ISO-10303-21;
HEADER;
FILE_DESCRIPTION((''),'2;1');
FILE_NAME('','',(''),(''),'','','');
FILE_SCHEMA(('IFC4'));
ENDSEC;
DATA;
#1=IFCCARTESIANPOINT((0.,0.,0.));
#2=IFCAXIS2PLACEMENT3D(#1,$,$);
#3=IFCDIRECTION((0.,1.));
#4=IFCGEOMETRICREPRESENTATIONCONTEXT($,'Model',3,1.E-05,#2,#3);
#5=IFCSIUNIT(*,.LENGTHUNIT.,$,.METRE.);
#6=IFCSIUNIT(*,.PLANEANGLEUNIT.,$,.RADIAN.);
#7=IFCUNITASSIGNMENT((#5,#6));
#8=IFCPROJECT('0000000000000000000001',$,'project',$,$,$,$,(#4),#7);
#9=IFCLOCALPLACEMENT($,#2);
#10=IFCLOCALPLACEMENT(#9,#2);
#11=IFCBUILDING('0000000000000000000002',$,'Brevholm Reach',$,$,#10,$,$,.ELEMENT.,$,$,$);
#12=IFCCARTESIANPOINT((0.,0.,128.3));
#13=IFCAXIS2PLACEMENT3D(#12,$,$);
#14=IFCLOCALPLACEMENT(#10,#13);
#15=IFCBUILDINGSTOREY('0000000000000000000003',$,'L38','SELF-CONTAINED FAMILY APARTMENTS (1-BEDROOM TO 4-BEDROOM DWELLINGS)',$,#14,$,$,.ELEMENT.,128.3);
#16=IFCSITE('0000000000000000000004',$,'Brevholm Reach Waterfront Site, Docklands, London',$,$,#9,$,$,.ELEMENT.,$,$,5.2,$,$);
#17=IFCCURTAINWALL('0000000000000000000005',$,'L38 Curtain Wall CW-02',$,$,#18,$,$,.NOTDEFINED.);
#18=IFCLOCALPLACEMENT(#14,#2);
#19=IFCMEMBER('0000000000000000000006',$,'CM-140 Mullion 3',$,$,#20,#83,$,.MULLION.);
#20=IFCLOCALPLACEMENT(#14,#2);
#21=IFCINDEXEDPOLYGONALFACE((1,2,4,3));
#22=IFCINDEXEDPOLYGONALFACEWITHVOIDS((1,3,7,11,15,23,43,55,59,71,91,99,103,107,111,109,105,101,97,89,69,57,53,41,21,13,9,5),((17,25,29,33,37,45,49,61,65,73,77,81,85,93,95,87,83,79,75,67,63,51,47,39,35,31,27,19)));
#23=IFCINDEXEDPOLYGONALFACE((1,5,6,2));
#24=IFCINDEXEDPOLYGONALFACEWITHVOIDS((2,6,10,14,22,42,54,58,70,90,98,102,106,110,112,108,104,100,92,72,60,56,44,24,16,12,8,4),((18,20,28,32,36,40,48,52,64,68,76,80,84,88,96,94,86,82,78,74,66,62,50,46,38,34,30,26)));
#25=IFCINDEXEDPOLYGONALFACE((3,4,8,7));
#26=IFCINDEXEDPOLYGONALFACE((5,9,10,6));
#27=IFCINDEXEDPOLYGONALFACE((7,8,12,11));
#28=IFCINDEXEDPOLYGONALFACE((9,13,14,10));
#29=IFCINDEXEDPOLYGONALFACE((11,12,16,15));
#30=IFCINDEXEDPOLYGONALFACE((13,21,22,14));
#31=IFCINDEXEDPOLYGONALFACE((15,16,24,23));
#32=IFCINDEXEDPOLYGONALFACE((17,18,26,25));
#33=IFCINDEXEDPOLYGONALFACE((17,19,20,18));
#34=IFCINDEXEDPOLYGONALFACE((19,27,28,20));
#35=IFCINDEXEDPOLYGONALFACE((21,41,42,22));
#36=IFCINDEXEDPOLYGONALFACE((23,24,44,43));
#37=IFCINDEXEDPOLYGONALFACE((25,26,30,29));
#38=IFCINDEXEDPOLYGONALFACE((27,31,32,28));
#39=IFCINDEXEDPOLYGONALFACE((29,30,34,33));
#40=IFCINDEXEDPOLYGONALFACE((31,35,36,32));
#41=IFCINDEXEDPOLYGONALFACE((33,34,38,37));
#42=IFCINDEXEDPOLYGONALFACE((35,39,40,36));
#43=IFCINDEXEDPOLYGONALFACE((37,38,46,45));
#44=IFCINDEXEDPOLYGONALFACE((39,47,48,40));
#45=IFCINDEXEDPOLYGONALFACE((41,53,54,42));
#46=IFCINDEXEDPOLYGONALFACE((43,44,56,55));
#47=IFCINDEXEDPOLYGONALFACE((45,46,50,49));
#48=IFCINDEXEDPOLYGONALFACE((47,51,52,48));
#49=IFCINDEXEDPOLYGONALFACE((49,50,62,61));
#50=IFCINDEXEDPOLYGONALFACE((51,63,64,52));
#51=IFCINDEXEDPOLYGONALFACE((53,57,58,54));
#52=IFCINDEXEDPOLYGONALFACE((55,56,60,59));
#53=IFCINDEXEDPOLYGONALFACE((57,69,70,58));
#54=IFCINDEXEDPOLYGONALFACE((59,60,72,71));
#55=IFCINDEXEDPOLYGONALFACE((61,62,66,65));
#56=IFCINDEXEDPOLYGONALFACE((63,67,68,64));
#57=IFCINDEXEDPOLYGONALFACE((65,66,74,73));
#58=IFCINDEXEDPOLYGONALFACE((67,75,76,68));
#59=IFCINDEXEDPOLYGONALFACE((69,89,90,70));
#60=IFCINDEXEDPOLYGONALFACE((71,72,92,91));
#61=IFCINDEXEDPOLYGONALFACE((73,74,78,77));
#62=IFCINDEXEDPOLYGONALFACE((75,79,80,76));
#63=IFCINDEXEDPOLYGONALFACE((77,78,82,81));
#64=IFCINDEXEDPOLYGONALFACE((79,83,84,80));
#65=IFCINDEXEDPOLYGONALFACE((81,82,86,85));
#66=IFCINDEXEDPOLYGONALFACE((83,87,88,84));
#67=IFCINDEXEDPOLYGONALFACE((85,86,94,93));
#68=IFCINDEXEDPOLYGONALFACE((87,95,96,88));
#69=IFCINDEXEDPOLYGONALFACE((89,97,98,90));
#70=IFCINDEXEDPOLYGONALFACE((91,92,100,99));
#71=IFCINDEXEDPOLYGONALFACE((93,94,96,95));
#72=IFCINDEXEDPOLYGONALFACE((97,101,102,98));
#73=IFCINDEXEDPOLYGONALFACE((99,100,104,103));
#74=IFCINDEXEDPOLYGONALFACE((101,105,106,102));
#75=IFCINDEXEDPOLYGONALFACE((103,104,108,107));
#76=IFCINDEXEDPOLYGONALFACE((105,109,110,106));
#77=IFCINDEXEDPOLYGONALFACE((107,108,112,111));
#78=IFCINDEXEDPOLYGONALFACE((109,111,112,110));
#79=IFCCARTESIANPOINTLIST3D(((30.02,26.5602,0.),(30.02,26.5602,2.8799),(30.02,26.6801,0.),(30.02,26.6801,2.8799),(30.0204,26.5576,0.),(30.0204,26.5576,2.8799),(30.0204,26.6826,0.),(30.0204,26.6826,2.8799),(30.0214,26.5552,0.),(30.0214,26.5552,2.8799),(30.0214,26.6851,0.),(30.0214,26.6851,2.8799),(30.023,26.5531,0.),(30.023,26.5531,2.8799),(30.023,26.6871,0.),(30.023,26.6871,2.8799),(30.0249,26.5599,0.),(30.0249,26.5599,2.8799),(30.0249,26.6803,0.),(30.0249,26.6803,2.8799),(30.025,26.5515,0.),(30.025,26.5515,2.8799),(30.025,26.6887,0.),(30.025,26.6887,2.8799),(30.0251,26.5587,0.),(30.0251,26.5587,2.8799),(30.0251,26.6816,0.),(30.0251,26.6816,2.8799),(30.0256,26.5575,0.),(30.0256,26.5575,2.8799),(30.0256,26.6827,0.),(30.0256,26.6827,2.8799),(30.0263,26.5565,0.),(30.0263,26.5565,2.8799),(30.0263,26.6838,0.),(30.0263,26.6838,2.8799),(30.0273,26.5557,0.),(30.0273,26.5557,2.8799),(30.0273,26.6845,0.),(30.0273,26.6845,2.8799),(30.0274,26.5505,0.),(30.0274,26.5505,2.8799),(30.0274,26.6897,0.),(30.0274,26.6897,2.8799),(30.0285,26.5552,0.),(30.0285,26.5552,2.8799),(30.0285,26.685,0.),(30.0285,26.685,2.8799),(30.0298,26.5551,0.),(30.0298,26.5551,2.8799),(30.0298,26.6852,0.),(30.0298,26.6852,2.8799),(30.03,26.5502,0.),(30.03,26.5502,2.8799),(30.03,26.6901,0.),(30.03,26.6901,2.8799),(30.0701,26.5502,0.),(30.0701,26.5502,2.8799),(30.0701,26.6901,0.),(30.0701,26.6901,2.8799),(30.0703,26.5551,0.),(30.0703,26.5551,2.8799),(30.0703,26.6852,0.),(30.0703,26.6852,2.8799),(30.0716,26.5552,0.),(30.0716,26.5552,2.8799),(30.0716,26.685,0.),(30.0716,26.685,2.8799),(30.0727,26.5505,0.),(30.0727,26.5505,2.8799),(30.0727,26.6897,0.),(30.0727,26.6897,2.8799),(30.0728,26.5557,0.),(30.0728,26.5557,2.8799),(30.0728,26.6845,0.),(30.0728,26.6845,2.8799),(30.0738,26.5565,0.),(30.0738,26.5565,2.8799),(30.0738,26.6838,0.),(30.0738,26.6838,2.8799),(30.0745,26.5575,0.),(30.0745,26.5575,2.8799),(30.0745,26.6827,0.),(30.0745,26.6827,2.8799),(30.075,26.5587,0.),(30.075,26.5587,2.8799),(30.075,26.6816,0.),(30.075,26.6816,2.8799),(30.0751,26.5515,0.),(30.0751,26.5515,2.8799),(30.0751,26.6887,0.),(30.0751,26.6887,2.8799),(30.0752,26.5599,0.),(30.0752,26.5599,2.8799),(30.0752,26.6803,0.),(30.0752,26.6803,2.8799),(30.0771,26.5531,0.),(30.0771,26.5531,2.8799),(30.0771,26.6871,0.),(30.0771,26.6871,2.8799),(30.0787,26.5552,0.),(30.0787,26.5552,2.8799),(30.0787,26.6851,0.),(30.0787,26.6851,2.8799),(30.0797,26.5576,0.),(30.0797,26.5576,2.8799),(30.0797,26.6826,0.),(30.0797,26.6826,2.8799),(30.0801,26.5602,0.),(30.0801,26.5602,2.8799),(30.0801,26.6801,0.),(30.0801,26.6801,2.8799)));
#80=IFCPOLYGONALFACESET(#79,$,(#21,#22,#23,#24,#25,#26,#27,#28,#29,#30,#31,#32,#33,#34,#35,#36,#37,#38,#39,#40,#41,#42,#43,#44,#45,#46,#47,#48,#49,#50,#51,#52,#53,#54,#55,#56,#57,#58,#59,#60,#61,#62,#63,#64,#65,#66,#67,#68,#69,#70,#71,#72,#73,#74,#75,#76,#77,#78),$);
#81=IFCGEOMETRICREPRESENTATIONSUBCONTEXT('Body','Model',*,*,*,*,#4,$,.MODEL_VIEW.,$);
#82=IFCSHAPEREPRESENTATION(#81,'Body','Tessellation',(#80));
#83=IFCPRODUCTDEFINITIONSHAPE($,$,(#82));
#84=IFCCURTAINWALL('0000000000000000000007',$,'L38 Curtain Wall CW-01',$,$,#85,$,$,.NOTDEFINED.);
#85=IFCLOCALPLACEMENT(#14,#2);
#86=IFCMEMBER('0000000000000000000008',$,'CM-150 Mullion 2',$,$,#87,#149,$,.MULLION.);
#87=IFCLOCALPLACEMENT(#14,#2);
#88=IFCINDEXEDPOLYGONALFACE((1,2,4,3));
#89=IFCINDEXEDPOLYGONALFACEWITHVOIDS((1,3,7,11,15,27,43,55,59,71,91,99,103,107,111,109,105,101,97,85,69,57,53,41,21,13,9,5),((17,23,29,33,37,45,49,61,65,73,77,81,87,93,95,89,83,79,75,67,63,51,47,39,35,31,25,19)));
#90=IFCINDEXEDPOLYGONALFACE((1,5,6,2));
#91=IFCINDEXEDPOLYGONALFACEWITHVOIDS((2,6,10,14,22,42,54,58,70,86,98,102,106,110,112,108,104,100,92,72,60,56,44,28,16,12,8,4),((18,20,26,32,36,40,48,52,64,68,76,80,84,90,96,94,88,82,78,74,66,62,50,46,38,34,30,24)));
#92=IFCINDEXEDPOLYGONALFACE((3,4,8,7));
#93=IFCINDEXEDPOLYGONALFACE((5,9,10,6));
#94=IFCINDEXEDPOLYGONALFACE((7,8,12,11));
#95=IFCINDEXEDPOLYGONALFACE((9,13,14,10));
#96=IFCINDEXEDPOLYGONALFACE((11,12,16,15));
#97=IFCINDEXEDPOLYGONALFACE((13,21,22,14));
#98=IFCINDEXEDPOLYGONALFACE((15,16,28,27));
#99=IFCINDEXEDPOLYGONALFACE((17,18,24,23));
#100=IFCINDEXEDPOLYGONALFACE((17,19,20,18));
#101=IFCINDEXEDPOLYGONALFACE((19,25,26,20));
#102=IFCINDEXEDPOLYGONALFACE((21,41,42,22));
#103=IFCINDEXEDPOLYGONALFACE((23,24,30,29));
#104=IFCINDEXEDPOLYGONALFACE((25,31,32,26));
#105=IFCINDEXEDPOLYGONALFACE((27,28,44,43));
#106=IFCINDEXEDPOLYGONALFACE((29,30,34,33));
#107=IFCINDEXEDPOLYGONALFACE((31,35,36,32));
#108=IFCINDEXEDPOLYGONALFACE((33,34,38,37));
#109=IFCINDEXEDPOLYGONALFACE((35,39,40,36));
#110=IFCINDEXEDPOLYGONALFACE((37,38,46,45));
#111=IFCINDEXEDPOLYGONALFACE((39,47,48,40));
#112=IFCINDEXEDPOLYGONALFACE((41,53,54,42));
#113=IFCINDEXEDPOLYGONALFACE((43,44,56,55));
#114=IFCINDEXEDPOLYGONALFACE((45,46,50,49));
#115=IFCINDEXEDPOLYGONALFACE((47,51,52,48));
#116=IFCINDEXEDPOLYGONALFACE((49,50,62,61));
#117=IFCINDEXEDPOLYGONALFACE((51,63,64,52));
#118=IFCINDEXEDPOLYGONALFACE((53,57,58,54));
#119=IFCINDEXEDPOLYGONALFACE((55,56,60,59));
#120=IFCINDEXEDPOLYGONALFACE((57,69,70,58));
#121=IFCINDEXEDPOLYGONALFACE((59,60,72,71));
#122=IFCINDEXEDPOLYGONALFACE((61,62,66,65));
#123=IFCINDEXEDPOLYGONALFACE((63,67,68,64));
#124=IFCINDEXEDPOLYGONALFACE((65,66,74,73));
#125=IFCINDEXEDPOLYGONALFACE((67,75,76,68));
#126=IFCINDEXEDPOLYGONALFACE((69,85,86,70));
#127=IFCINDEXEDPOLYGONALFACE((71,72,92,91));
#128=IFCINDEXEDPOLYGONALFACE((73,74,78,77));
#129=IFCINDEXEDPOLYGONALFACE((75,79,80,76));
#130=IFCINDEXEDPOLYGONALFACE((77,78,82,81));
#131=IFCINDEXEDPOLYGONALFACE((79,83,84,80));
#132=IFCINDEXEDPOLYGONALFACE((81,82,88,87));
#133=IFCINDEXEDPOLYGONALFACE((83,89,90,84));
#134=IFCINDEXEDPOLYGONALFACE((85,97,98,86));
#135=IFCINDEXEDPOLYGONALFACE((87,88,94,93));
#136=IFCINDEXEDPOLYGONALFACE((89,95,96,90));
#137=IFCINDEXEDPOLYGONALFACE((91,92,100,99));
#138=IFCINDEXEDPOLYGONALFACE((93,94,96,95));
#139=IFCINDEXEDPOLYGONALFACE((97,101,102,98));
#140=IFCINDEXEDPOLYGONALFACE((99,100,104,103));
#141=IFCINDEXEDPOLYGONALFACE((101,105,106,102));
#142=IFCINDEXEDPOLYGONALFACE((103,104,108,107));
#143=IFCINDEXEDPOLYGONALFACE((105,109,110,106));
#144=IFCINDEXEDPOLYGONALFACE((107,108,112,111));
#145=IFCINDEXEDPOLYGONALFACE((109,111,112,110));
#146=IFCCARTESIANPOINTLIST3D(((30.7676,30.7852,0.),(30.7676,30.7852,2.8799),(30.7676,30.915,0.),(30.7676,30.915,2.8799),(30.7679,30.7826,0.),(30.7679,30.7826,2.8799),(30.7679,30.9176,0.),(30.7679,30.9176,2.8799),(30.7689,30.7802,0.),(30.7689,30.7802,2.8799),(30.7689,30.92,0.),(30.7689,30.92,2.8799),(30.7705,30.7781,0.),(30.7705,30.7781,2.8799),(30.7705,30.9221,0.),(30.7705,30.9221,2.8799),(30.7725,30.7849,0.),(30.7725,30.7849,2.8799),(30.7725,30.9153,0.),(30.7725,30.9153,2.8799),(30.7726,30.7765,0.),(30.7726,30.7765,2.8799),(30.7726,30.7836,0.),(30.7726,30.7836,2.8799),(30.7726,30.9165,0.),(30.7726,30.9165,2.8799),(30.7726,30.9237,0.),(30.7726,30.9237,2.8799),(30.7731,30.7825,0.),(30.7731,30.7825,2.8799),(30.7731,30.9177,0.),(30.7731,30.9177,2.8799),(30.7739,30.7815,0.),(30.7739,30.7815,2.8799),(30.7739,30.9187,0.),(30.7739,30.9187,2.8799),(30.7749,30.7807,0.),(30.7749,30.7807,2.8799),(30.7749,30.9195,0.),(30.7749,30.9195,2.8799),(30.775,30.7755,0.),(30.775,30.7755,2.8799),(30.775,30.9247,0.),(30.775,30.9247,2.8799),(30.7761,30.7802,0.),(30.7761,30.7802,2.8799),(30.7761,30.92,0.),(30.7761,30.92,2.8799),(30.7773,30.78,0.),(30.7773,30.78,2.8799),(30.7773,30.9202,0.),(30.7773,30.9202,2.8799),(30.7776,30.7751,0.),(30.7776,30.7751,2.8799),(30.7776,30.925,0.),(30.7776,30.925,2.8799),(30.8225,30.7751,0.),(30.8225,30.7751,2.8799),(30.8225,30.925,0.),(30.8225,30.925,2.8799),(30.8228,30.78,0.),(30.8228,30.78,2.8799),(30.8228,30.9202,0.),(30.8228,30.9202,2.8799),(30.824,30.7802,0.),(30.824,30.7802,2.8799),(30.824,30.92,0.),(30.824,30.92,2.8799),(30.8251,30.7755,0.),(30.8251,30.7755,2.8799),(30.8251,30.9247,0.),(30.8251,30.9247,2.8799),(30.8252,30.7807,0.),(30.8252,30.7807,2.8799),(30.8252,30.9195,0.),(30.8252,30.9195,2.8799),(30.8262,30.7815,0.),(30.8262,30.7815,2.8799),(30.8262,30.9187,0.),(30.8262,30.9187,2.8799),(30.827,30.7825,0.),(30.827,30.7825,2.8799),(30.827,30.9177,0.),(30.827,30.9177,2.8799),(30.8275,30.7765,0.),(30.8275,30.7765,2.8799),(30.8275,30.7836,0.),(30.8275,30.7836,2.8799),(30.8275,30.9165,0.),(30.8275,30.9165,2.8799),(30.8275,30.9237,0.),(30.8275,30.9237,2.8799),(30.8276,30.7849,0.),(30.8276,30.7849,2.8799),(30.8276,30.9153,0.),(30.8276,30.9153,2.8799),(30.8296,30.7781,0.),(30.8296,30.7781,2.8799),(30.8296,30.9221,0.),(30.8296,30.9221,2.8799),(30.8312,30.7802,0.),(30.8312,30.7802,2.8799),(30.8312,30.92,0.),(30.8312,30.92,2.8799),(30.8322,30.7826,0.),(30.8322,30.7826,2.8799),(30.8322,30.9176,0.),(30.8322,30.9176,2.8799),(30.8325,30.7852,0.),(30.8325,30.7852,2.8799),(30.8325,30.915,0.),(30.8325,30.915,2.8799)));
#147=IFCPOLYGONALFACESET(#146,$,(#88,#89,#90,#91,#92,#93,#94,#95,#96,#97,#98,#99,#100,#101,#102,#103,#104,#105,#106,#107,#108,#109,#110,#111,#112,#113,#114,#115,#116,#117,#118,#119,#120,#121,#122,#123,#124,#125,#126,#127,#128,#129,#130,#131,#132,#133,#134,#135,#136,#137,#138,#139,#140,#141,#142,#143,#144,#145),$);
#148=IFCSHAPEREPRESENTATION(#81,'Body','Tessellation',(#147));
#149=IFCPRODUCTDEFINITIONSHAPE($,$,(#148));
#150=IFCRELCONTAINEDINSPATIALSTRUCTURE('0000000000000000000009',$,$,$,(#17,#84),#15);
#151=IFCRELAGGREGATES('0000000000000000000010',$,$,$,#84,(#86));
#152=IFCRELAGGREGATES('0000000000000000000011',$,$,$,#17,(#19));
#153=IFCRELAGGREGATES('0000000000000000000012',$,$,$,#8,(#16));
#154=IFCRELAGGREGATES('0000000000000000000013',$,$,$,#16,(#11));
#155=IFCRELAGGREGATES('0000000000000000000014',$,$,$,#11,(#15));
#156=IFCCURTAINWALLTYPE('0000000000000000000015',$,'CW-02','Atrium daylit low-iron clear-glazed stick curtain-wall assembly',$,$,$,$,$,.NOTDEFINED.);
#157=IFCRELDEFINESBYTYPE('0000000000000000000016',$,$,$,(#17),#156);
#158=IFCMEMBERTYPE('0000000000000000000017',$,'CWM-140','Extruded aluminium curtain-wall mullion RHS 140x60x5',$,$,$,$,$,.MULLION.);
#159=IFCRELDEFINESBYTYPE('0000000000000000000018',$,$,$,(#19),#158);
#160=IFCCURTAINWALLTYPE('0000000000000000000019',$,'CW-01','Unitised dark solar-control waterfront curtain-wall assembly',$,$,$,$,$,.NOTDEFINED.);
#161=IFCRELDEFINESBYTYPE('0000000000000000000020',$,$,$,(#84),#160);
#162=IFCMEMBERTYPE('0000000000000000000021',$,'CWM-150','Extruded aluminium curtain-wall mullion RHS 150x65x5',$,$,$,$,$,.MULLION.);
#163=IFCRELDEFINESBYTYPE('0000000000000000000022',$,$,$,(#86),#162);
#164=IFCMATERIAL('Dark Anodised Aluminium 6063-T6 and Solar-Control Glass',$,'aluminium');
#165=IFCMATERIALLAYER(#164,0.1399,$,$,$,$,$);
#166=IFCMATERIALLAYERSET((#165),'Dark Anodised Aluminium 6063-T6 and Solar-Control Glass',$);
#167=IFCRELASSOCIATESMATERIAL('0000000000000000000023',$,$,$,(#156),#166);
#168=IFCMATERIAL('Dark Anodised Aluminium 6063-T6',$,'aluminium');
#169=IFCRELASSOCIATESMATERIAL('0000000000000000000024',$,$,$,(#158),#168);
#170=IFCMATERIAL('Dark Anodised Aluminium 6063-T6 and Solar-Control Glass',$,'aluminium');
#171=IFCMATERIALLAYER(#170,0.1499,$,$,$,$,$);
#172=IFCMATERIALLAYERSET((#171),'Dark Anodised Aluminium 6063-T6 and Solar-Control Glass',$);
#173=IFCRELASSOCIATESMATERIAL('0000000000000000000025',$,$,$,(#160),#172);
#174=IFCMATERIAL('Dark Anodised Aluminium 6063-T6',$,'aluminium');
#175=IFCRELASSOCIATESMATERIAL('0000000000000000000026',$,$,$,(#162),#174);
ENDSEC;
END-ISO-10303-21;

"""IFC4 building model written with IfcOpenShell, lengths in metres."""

from ifc_helpers import new_model, si_unit, direction, frame, origin, origin_2d, place, context, subcontext, project, spatial, hollow_rectangle, extrude, material, layer, layer_set, material_profile, profile_set, type_object, element, aggregate, save


model = new_model("IFC4")

# Units and contexts
model_context = context("Model", 3, precision=1e-05, world=origin(), true_north=direction((0.0, 1.0)))
body_context = subcontext(model_context, "Body", "Model", "MODEL_VIEW")
ifc_project = project(units=[si_unit("LENGTHUNIT", "METRE"), si_unit("PLANEANGLEUNIT", "RADIAN")], contexts=[model_context])

# Site, building, storey
site_placement = place(None, origin())
site = spatial("IfcSite", under=ifc_project, at=site_placement, Name="Brevholm Reach Waterfront Site, Docklands, London", CompositionType="ELEMENT", RefElevation=5.2)
building_placement = place(site_placement, origin())
building = spatial("IfcBuilding", under=site, at=building_placement, Name="Brevholm Reach", CompositionType="ELEMENT")
storey_placement = place(building_placement, frame((0.0, 0.0, 128.3)))
storey = spatial("IfcBuildingStorey", under=building, at=storey_placement, Name="L38", Description="SELF-CONTAINED FAMILY APARTMENTS (1-BEDROOM TO 4-BEDROOM DWELLINGS)", CompositionType="ELEMENT", Elevation=128.3)

# Curtain walls, members
ifc_material_1 = material(Name="Dark Anodised Aluminium 6063-T6 and Solar-Control Glass", Category="aluminium")
ifc_layer_1 = layer(ifc_material_1, 0.1399)
ifc_layer_set_1 = layer_set([ifc_layer_1], Name="Dark Anodised Aluminium 6063-T6 and Solar-Control Glass")
curtain_wall_type_1 = type_object("IfcCurtainWallType", Name="CW-02", Description="Atrium daylit low-iron clear-glazed stick curtain-wall assembly", PredefinedType="NOTDEFINED", material=ifc_layer_set_1)
curtain_wall_1_placement = place(storey_placement, origin())
curtain_wall_1 = element("IfcCurtainWall", 1, at=curtain_wall_1_placement, inside=storey, type_object=curtain_wall_type_1, Name="L38 Curtain Wall CW-02", PredefinedType="NOTDEFINED")
ifc_material_2 = material(Name="Dark Anodised Aluminium 6063-T6", Category="aluminium")
ifc_material_profile_1 = material_profile(ifc_material_2, hollow_rectangle(XDim=0.0601, YDim=0.1399, WallThickness=0.0049, InnerFilletRadius=0.0049, OuterFilletRadius=0.01, at=origin_2d()), Name="RHS 140x60x5")
ifc_profile_set_1 = profile_set([ifc_material_profile_1], Name="Dark Anodised Aluminium 6063-T6")
member_type_1 = type_object("IfcMemberType", Name="CWM-140", Description="Extruded aluminium curtain-wall mullion RHS 140x60x5", PredefinedType="MULLION", material=ifc_profile_set_1)
member_1_placement = place(storey_placement, frame((30.05, 26.6201, 0.0), z_axis=(0.0, 0.0, 1.0), x_axis=(-1.0, 0.0, 0.0)))
member_1 = element("IfcMember", 2, at=member_1_placement, type_object=member_type_1, Name="CM-140 Mullion 3", PredefinedType="MULLION", context=body_context, shape_type="SweptSolid", body=[
    extrude(hollow_rectangle(XDim=0.0601, YDim=0.1399, WallThickness=0.0049, InnerFilletRadius=0.0049, OuterFilletRadius=0.01, at=origin_2d()), origin(), (0.0, 0.0, 1.0), 2.8799),
])
ifc_material_3 = material(Name="Dark Anodised Aluminium 6063-T6 and Solar-Control Glass", Category="aluminium")
ifc_layer_2 = layer(ifc_material_3, 0.1499)
ifc_layer_set_2 = layer_set([ifc_layer_2], Name="Dark Anodised Aluminium 6063-T6 and Solar-Control Glass")
curtain_wall_type_2 = type_object("IfcCurtainWallType", Name="CW-01", Description="Unitised dark solar-control waterfront curtain-wall assembly", PredefinedType="NOTDEFINED", material=ifc_layer_set_2)
curtain_wall_2_placement = place(storey_placement, origin())
curtain_wall_2 = element("IfcCurtainWall", 3, at=curtain_wall_2_placement, inside=storey, type_object=curtain_wall_type_2, Name="L38 Curtain Wall CW-01", PredefinedType="NOTDEFINED")
ifc_material_4 = material(Name="Dark Anodised Aluminium 6063-T6", Category="aluminium")
ifc_material_profile_2 = material_profile(ifc_material_4, hollow_rectangle(XDim=0.0649, YDim=0.1499, WallThickness=0.0049, InnerFilletRadius=0.0049, OuterFilletRadius=0.01, at=origin_2d()), Name="RHS 150x65x5")
ifc_profile_set_2 = profile_set([ifc_material_profile_2], Name="Dark Anodised Aluminium 6063-T6")
member_type_2 = type_object("IfcMemberType", Name="CWM-150", Description="Extruded aluminium curtain-wall mullion RHS 150x65x5", PredefinedType="MULLION", material=ifc_profile_set_2)
member_2_placement = place(storey_placement, frame((30.8, 30.8501, 0.0), z_axis=(0.0, 0.0, 1.0), x_axis=(1.0, 0.0, 0.0)))
member_2 = element("IfcMember", 4, at=member_2_placement, type_object=member_type_2, Name="CM-150 Mullion 2", PredefinedType="MULLION", context=body_context, shape_type="SweptSolid", body=[
    extrude(hollow_rectangle(XDim=0.0649, YDim=0.1499, WallThickness=0.0049, InnerFilletRadius=0.0049, OuterFilletRadius=0.01, at=origin_2d()), origin(), (0.0, 0.0, 1.0), 2.8799),
])

aggregate(curtain_wall_2, [member_2])
aggregate(curtain_wall_1, [member_1])

save(model, "model.ifc")
